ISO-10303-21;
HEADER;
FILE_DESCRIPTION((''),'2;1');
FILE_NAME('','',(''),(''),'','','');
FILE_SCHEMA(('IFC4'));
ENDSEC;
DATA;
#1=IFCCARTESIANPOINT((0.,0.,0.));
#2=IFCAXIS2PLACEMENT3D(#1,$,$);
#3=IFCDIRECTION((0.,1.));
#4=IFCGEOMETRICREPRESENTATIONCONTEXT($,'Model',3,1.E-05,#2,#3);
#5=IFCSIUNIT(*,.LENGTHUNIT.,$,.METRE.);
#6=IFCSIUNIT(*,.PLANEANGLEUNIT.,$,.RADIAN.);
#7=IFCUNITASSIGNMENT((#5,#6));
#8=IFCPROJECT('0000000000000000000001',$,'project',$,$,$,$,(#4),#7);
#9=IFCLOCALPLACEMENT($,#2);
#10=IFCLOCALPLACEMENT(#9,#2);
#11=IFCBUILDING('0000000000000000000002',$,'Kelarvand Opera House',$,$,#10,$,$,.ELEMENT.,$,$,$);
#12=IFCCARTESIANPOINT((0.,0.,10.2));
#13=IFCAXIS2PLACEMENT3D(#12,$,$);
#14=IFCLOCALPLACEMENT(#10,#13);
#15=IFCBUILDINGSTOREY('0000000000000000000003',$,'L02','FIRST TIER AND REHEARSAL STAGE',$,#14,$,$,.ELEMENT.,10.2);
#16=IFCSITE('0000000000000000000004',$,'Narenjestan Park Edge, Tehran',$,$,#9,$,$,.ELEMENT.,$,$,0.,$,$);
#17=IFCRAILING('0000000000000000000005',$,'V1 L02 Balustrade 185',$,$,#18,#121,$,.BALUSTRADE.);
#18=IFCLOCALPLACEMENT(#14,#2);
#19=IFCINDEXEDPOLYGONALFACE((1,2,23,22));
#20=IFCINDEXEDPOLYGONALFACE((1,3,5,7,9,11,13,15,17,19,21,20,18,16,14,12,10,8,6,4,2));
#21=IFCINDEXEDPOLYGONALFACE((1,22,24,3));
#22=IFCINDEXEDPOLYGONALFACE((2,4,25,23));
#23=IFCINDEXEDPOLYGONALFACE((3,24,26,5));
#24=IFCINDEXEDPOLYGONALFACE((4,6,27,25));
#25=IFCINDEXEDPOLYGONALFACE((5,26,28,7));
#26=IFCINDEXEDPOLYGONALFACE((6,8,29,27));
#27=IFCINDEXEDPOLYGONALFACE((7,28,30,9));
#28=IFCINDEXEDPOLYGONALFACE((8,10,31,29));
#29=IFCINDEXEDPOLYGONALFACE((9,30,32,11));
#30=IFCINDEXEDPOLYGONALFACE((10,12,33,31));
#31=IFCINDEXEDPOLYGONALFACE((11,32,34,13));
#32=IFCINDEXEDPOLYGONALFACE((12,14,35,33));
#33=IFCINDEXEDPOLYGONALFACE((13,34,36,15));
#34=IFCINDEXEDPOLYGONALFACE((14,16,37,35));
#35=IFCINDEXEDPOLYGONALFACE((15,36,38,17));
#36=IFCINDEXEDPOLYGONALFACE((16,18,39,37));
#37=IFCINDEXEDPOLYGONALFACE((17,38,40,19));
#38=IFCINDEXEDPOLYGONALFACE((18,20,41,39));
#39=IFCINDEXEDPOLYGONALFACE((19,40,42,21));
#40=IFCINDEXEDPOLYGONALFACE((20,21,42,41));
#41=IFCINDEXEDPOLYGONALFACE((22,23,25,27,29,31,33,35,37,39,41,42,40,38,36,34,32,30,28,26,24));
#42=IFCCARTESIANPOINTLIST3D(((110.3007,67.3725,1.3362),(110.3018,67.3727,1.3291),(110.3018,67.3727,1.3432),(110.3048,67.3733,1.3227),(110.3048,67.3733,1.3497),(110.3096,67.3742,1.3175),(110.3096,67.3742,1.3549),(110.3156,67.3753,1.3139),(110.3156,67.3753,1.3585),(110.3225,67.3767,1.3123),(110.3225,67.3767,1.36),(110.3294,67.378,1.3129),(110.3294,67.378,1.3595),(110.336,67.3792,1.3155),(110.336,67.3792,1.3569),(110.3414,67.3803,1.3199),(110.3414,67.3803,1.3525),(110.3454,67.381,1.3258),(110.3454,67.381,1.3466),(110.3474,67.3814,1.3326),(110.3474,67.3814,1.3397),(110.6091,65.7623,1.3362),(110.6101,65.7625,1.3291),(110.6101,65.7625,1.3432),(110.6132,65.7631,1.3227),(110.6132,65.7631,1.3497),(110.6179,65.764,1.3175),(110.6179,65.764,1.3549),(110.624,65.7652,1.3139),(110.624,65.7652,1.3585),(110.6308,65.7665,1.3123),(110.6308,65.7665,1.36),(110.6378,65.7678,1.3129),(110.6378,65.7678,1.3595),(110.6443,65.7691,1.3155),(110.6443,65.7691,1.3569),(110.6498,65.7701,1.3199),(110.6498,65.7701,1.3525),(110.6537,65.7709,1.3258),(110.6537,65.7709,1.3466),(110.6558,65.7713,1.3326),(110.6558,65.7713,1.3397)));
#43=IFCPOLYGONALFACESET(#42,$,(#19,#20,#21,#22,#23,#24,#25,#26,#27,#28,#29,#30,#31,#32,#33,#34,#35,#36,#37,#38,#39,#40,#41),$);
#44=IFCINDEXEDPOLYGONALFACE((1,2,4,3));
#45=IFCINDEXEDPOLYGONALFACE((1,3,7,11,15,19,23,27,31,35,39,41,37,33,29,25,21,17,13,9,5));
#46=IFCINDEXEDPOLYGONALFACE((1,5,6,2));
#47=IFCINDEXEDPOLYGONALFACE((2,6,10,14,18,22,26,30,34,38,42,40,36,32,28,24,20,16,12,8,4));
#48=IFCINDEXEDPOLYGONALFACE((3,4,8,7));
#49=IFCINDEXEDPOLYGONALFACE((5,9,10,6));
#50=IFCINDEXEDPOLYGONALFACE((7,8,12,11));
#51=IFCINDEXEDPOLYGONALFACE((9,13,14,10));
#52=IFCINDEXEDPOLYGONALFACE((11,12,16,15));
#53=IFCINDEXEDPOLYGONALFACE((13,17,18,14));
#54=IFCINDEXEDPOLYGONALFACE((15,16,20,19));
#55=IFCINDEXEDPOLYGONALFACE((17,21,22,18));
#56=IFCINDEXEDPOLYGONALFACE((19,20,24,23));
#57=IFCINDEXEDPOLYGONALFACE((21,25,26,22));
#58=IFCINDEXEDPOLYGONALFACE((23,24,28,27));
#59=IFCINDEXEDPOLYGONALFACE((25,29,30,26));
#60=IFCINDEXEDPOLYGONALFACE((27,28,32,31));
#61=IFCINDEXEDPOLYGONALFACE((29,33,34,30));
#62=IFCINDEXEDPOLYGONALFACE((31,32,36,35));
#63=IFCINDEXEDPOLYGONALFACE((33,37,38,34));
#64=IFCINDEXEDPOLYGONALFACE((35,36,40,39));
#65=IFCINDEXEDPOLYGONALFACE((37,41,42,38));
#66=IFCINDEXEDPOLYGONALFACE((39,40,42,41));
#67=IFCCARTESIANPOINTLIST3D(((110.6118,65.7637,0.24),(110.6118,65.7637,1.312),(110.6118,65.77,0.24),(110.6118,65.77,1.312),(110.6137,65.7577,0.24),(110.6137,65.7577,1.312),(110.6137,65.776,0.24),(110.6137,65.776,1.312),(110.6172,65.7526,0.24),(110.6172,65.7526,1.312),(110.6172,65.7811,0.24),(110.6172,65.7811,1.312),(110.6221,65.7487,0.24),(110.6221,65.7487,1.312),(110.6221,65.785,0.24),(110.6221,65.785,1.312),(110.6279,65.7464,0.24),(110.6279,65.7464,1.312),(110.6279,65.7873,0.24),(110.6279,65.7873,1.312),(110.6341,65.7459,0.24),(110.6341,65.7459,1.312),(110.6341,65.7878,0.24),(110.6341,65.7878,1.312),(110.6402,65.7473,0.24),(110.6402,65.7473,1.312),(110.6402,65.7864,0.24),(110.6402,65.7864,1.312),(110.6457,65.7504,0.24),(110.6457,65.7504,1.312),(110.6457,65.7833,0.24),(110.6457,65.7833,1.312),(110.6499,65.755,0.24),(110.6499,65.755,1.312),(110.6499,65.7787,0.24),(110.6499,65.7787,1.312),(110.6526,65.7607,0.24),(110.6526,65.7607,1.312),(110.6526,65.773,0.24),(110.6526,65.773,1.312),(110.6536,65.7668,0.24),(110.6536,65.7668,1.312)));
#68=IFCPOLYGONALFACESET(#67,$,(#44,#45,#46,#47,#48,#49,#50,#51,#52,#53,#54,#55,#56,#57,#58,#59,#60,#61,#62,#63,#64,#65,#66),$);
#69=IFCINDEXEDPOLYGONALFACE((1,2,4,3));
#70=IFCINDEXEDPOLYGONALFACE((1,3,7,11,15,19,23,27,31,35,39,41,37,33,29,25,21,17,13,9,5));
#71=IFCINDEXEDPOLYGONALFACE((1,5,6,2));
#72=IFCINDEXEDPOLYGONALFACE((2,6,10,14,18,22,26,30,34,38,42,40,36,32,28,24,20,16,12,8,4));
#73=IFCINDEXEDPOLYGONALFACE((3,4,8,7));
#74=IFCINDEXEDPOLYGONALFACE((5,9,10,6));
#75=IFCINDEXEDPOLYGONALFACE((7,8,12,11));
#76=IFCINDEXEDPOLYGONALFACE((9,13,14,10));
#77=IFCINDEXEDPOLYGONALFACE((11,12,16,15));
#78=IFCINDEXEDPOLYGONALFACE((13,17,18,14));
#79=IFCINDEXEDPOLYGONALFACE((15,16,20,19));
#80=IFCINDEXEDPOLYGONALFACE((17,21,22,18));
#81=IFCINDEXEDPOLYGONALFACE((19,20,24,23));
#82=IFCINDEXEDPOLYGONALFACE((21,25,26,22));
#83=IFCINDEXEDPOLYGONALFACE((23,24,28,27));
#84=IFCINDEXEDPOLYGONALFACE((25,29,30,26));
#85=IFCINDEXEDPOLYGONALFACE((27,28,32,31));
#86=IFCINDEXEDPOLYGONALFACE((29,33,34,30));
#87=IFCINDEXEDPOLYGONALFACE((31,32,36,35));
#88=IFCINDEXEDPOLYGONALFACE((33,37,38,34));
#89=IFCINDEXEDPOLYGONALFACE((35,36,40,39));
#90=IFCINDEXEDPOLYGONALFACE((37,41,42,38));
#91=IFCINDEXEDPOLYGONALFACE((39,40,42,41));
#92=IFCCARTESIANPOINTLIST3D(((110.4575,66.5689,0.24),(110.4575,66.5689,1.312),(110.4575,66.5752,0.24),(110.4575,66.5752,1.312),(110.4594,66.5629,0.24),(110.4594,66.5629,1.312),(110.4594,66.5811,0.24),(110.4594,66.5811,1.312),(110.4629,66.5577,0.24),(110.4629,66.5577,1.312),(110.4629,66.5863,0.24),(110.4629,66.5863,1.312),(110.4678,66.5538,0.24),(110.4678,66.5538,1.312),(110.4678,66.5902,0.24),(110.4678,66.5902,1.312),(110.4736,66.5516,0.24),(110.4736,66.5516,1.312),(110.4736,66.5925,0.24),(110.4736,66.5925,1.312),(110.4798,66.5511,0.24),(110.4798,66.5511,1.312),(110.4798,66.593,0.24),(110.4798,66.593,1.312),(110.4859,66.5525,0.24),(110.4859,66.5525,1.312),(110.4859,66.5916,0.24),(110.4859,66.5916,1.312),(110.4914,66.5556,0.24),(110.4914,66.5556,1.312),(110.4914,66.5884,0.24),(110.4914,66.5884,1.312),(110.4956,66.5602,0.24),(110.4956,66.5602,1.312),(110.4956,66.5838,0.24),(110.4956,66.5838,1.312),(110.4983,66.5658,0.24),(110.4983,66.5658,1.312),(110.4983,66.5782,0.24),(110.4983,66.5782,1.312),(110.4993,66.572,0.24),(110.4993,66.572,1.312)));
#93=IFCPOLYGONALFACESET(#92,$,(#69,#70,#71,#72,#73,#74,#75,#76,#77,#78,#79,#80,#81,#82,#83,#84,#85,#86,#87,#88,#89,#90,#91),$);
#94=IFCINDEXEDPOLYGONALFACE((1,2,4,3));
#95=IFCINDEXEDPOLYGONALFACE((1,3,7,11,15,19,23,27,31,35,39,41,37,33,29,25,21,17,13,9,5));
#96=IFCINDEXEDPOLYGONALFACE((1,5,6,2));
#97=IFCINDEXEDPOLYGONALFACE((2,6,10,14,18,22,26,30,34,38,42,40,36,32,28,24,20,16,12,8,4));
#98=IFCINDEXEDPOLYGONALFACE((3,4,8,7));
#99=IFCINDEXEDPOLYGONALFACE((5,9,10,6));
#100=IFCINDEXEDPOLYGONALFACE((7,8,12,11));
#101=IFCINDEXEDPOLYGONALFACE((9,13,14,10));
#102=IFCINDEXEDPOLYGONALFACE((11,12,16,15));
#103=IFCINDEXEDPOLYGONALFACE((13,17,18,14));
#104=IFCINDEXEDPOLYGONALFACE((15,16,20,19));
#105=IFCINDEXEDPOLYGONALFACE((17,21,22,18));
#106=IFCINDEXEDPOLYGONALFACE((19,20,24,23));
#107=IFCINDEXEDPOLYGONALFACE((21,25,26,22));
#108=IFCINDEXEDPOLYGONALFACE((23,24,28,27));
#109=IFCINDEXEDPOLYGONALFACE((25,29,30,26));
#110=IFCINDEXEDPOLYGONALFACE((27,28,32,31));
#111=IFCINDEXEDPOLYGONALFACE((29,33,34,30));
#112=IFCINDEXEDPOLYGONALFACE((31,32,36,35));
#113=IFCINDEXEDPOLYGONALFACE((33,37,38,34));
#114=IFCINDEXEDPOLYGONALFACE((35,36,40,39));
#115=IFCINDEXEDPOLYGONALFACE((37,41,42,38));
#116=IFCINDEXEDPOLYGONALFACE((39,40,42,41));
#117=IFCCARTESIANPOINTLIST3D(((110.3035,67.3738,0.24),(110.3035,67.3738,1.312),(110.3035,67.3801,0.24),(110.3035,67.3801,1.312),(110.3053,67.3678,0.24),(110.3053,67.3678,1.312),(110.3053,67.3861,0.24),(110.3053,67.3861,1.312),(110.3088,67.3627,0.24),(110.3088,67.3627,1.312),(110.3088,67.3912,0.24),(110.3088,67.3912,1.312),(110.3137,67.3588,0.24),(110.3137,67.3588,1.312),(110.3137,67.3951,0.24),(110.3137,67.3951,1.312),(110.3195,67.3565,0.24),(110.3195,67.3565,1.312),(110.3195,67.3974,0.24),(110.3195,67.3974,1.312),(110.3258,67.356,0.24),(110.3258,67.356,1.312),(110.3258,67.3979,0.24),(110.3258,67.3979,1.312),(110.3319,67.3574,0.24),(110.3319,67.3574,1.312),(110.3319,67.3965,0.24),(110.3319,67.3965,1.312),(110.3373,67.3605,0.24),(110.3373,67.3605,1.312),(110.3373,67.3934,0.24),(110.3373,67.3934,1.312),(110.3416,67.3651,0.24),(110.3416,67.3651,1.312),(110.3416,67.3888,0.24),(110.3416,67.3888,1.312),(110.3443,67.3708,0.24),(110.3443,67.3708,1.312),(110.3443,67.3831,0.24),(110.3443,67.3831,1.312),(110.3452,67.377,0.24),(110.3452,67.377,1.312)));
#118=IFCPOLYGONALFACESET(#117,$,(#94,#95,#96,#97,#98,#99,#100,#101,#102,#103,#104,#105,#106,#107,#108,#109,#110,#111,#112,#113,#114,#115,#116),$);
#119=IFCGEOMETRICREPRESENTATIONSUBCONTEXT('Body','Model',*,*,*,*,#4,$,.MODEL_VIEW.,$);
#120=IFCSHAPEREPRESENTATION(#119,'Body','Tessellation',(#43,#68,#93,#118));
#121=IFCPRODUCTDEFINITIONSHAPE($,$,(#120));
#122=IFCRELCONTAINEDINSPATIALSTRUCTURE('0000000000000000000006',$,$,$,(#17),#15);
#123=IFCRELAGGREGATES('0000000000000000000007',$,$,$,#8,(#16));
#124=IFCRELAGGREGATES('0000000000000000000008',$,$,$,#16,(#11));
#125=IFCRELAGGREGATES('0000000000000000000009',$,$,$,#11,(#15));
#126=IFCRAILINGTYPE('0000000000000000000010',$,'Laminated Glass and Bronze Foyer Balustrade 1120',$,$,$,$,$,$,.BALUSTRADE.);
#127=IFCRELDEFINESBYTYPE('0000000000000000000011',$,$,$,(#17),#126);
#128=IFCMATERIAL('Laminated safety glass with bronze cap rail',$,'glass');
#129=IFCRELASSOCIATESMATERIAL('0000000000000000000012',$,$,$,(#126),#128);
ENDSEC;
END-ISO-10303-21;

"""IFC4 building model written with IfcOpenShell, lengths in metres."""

from ifc_helpers import new_model, si_unit, direction, frame, origin, origin_2d, place, context, subcontext, project, spatial, circle, extrude, material, type_object, element, save


model = new_model("IFC4")

# Units and contexts
model_context = context("Model", 3, precision=1e-05, world=origin(), true_north=direction((0.0, 1.0)))
body_context = subcontext(model_context, "Body", "Model", "MODEL_VIEW")
ifc_project = project(units=[si_unit("LENGTHUNIT", "METRE"), si_unit("PLANEANGLEUNIT", "RADIAN")], contexts=[model_context])

# Site, building, storey
site_placement = place(None, origin())
site = spatial("IfcSite", under=ifc_project, at=site_placement, Name="Narenjestan Park Edge, Tehran", CompositionType="ELEMENT", RefElevation=0.0)
building_placement = place(site_placement, origin())
building = spatial("IfcBuilding", under=site, at=building_placement, Name="Kelarvand Opera House", CompositionType="ELEMENT")
storey_placement = place(building_placement, frame((0.0, 0.0, 10.2)))
storey = spatial("IfcBuildingStorey", under=building, at=storey_placement, Name="L02", Description="FIRST TIER AND REHEARSAL STAGE", CompositionType="ELEMENT", Elevation=10.2)

# Railing
ifc_material_1 = material(Name="Laminated safety glass with bronze cap rail", Category="glass")
railing_type = type_object("IfcRailingType", Name="Laminated Glass and Bronze Foyer Balustrade 1120", PredefinedType="BALUSTRADE", material=ifc_material_1)
railing_1_placement = place(storey_placement, frame((110.6326, 65.7668, 0.24)))
element("IfcRailing", 1, at=railing_1_placement, inside=storey, type_object=railing_type, Name="V1 L02 Balustrade 185", PredefinedType="BALUSTRADE", context=body_context, shape_type="SweptSolid", body=[
    extrude(circle(Radius=0.0239, at=origin_2d()), frame((0.0, 0.0, 1.0962), z_axis=(-0.188091, 0.982152, 0.0), x_axis=(-0.982152, -0.188091, 0.0)), (0.0, 0.0, 1.0), 1.6394),
    extrude(circle(Radius=0.021, at=origin_2d()), origin(), (0.0, 0.0, 1.0), 1.072),
    extrude(circle(Radius=0.021, at=origin_2d()), frame((-0.1543, 0.8052, 0.0)), (0.0, 0.0, 1.0), 1.072),
    extrude(circle(Radius=0.021, at=origin_2d()), frame((-0.3083, 1.6101, 0.0)), (0.0, 0.0, 1.0), 1.072),
])

save(model, "model.ifc")
